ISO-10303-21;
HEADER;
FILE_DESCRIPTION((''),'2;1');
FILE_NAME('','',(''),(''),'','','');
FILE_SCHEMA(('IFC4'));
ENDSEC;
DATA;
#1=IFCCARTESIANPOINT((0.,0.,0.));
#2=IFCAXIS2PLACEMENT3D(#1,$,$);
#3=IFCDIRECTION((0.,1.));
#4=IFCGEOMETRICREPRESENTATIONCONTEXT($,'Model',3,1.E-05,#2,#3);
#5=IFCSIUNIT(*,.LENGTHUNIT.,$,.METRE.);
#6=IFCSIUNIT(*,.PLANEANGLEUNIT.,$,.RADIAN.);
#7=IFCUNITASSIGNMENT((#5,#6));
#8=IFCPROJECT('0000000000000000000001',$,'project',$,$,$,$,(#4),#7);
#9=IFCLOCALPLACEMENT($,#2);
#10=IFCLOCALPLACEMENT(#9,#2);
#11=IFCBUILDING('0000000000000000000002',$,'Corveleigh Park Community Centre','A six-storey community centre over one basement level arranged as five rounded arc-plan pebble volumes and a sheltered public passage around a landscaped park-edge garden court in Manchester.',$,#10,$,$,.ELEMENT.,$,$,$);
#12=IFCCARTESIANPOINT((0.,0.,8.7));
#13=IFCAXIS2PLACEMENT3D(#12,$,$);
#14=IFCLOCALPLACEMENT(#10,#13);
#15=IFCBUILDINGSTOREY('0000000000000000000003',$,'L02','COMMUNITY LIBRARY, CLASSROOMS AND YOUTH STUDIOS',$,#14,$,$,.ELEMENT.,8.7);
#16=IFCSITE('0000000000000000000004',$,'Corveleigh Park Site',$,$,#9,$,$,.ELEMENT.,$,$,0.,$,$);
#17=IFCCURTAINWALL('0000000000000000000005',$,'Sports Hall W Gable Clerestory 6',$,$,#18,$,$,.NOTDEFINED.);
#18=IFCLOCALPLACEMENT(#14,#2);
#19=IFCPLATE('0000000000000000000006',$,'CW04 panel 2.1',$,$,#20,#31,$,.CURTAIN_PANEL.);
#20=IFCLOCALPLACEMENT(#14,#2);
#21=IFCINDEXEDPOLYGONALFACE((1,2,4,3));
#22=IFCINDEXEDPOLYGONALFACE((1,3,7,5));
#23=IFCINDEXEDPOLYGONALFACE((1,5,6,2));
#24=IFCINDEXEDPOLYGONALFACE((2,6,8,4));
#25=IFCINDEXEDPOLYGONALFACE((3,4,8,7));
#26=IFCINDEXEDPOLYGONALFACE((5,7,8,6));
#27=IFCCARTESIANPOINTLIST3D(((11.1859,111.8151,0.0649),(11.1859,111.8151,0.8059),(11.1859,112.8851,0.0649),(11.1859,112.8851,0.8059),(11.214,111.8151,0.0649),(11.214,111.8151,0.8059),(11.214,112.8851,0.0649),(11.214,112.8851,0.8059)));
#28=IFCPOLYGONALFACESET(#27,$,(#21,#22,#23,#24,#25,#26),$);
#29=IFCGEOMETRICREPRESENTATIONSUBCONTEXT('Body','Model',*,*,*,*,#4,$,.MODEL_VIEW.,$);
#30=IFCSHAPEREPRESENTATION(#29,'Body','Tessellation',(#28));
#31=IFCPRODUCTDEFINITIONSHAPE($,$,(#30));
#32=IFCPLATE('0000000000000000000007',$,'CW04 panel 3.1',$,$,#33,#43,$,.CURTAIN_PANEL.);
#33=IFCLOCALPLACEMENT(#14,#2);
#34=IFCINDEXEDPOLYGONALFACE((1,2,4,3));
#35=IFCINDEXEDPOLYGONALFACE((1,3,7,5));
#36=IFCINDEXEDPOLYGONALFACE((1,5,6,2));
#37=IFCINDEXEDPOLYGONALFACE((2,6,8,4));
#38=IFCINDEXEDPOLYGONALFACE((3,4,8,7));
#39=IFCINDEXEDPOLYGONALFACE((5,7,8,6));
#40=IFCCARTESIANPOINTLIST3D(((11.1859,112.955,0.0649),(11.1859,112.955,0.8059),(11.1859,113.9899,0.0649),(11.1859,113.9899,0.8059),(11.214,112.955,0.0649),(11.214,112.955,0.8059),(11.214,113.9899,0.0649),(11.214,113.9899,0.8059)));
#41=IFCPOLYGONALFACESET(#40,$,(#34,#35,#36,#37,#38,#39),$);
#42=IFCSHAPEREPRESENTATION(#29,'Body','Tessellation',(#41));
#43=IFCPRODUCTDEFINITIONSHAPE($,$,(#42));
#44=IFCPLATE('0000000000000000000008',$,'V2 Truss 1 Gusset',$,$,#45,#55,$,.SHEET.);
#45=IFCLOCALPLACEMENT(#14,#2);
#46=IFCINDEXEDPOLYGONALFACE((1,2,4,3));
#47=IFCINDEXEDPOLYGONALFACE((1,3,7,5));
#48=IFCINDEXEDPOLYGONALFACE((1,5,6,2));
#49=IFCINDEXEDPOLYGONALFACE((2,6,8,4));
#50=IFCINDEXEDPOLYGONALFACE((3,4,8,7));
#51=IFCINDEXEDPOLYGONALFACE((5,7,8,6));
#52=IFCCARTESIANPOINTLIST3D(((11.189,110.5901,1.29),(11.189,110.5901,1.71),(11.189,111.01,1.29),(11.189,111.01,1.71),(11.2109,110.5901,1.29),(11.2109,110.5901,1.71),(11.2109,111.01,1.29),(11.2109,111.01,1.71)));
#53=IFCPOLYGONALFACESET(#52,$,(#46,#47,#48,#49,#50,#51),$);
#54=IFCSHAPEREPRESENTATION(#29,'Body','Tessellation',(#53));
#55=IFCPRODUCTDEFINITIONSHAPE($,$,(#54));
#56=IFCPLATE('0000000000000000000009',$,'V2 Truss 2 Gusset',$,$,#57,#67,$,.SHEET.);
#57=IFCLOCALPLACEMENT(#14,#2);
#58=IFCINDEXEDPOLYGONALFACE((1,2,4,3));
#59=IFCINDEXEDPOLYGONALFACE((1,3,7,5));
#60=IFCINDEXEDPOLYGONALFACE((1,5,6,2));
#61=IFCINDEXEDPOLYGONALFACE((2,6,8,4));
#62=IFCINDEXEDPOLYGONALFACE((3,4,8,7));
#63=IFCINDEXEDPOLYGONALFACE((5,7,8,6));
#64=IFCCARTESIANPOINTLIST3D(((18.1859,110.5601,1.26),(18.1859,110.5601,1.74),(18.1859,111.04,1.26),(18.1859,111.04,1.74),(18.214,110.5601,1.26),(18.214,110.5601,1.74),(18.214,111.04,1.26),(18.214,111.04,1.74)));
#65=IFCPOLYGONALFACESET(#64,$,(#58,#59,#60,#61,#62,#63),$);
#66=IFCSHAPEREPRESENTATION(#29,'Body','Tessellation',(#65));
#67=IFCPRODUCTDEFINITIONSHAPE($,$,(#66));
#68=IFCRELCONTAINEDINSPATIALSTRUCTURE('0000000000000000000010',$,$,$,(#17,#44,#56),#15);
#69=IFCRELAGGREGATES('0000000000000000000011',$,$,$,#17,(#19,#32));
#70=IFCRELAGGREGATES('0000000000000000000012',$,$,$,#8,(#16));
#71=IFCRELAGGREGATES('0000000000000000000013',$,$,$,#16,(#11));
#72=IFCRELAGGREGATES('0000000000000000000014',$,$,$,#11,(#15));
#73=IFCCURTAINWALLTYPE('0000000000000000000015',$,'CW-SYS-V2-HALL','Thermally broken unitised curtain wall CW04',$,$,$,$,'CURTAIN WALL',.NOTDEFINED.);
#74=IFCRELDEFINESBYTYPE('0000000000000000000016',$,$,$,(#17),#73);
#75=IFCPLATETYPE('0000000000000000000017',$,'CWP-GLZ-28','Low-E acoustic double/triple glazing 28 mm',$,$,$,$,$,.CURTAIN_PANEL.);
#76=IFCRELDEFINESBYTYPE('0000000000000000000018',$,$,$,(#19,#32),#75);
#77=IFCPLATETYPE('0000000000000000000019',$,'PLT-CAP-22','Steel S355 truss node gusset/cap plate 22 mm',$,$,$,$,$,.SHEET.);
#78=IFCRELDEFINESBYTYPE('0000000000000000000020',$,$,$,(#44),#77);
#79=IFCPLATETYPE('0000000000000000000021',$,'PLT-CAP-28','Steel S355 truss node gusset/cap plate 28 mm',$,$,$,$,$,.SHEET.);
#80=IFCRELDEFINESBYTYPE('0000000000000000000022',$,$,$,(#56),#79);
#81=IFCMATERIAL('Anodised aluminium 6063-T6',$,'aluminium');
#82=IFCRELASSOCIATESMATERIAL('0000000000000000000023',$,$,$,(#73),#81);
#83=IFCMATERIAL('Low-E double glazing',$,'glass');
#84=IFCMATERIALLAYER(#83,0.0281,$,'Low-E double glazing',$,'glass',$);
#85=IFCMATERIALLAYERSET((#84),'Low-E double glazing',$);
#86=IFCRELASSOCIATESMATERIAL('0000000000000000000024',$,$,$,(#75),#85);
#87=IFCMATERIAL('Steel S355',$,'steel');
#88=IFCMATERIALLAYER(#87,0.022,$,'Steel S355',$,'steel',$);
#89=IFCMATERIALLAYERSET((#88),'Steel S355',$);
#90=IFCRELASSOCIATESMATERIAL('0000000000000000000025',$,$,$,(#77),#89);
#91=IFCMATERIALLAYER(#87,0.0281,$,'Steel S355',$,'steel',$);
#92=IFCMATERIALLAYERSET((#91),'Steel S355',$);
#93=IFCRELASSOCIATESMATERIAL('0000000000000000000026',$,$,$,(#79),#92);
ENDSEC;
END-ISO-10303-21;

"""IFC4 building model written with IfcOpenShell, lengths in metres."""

from ifc_helpers import new_model, si_unit, direction, frame, origin, origin_2d, place, context, subcontext, project, spatial, rectangle, extrude, material, layer, layer_set, type_object, element, aggregate, save


model = new_model("IFC4")

# Units and contexts
model_context = context("Model", 3, precision=1e-05, world=origin(), true_north=direction((0.0, 1.0)))
body_context = subcontext(model_context, "Body", "Model", "MODEL_VIEW")
ifc_project = project(units=[si_unit("LENGTHUNIT", "METRE"), si_unit("PLANEANGLEUNIT", "RADIAN")], contexts=[model_context])

# Site, building, storey
site_placement = place(None, origin())
site = spatial("IfcSite", under=ifc_project, at=site_placement, Name="Corveleigh Park Site", CompositionType="ELEMENT", RefElevation=0.0)
building_placement = place(site_placement, origin())
building = spatial("IfcBuilding", under=site, at=building_placement, Name="Corveleigh Park Community Centre", Description="A six-storey community centre over one basement level arranged as five rounded arc-plan pebble volumes and a sheltered public passage around a landscaped park-edge garden court in Manchester.", CompositionType="ELEMENT")
storey_placement = place(building_placement, frame((0.0, 0.0, 8.7)))
storey = spatial("IfcBuildingStorey", under=building, at=storey_placement, Name="L02", Description="COMMUNITY LIBRARY, CLASSROOMS AND YOUTH STUDIOS", CompositionType="ELEMENT", Elevation=8.7)

# Shared definitions
ifc_material_1 = material(Name="Steel S355", Category="steel")

# Shared definitions
ifc_material_2 = material(Name="Anodised aluminium 6063-T6", Category="aluminium")
curtain_wall_type = type_object("IfcCurtainWallType", Name="CW-SYS-V2-HALL", Description="Thermally broken unitised curtain wall CW04", ElementType="CURTAIN WALL", PredefinedType="NOTDEFINED", material=ifc_material_2)

# Curtain wall
curtain_wall_1_placement = place(storey_placement, origin())
curtain_wall_1 = element("IfcCurtainWall", 1, at=curtain_wall_1_placement, inside=storey, type_object=curtain_wall_type, Name="Sports Hall W Gable Clerestory 6", PredefinedType="NOTDEFINED")

# Plates
ifc_material_3 = material(Name="Low-E double glazing", Category="glass")
ifc_layer_1 = layer(ifc_material_3, 0.0281, Name="Low-E double glazing", Category="glass")
ifc_layer_set_1 = layer_set([ifc_layer_1], Name="Low-E double glazing")
plate_type_1 = type_object("IfcPlateType", Name="CWP-GLZ-28", Description="Low-E acoustic double/triple glazing 28 mm", PredefinedType="CURTAIN_PANEL", material=ifc_layer_set_1)
plate_1_placement = place(storey_placement, frame((11.2, 112.3501, 0.0649), z_axis=(0.0, 0.0, 1.0), x_axis=(0.0, 1.0, 0.0)))
plate_1 = element("IfcPlate", 2, at=plate_1_placement, type_object=plate_type_1, Name="CW04 panel 2.1", PredefinedType="CURTAIN_PANEL", context=body_context, shape_type="SweptSolid", body=[
    extrude(rectangle(XDim=1.0701, YDim=0.0281, at=origin_2d()), origin(), (0.0, 0.0, 1.0), 0.741),
])
plate_2_placement = place(storey_placement, frame((11.2, 113.4724, 0.0649), z_axis=(0.0, 0.0, 1.0), x_axis=(0.0, 1.0, 0.0)))
plate_2 = element("IfcPlate", 3, at=plate_2_placement, type_object=plate_type_1, Name="CW04 panel 3.1", PredefinedType="CURTAIN_PANEL", context=body_context, shape_type="SweptSolid", body=[
    extrude(rectangle(XDim=1.0349, YDim=0.0281, at=origin_2d()), origin(), (0.0, 0.0, 1.0), 0.741),
])
aggregate(curtain_wall_1, [plate_1, plate_2])

# Plates
ifc_layer_2 = layer(ifc_material_1, 0.022, Name="Steel S355", Category="steel")
ifc_layer_set_2 = layer_set([ifc_layer_2], Name="Steel S355")
plate_type_2 = type_object("IfcPlateType", Name="PLT-CAP-22", Description="Steel S355 truss node gusset/cap plate 22 mm", PredefinedType="SHEET", material=ifc_layer_set_2)
plate_3_placement = place(storey_placement, frame((11.2, 110.8, 1.29), z_axis=(0.0, 0.0, 1.0), x_axis=(0.0, 1.0, 0.0)))
element("IfcPlate", 4, at=plate_3_placement, inside=storey, type_object=plate_type_2, Name="V2 Truss 1 Gusset", PredefinedType="SHEET", context=body_context, shape_type="SweptSolid", body=[
    extrude(rectangle(XDim=0.4199, YDim=0.022, at=origin_2d()), origin(), (0.0, 0.0, 1.0), 0.4199),
])
ifc_layer_3 = layer(ifc_material_1, 0.0281, Name="Steel S355", Category="steel")
ifc_layer_set_3 = layer_set([ifc_layer_3], Name="Steel S355")
plate_type_3 = type_object("IfcPlateType", Name="PLT-CAP-28", Description="Steel S355 truss node gusset/cap plate 28 mm", PredefinedType="SHEET", material=ifc_layer_set_3)
plate_4_placement = place(storey_placement, frame((18.2, 110.8, 1.26), z_axis=(0.0, 0.0, 1.0), x_axis=(0.0, 1.0, 0.0)))
element("IfcPlate", 5, at=plate_4_placement, inside=storey, type_object=plate_type_3, Name="V2 Truss 2 Gusset", PredefinedType="SHEET", context=body_context, shape_type="SweptSolid", body=[
    extrude(rectangle(XDim=0.48, YDim=0.0281, at=origin_2d()), origin(), (0.0, 0.0, 1.0), 0.48),
])

save(model, "model.ifc")
